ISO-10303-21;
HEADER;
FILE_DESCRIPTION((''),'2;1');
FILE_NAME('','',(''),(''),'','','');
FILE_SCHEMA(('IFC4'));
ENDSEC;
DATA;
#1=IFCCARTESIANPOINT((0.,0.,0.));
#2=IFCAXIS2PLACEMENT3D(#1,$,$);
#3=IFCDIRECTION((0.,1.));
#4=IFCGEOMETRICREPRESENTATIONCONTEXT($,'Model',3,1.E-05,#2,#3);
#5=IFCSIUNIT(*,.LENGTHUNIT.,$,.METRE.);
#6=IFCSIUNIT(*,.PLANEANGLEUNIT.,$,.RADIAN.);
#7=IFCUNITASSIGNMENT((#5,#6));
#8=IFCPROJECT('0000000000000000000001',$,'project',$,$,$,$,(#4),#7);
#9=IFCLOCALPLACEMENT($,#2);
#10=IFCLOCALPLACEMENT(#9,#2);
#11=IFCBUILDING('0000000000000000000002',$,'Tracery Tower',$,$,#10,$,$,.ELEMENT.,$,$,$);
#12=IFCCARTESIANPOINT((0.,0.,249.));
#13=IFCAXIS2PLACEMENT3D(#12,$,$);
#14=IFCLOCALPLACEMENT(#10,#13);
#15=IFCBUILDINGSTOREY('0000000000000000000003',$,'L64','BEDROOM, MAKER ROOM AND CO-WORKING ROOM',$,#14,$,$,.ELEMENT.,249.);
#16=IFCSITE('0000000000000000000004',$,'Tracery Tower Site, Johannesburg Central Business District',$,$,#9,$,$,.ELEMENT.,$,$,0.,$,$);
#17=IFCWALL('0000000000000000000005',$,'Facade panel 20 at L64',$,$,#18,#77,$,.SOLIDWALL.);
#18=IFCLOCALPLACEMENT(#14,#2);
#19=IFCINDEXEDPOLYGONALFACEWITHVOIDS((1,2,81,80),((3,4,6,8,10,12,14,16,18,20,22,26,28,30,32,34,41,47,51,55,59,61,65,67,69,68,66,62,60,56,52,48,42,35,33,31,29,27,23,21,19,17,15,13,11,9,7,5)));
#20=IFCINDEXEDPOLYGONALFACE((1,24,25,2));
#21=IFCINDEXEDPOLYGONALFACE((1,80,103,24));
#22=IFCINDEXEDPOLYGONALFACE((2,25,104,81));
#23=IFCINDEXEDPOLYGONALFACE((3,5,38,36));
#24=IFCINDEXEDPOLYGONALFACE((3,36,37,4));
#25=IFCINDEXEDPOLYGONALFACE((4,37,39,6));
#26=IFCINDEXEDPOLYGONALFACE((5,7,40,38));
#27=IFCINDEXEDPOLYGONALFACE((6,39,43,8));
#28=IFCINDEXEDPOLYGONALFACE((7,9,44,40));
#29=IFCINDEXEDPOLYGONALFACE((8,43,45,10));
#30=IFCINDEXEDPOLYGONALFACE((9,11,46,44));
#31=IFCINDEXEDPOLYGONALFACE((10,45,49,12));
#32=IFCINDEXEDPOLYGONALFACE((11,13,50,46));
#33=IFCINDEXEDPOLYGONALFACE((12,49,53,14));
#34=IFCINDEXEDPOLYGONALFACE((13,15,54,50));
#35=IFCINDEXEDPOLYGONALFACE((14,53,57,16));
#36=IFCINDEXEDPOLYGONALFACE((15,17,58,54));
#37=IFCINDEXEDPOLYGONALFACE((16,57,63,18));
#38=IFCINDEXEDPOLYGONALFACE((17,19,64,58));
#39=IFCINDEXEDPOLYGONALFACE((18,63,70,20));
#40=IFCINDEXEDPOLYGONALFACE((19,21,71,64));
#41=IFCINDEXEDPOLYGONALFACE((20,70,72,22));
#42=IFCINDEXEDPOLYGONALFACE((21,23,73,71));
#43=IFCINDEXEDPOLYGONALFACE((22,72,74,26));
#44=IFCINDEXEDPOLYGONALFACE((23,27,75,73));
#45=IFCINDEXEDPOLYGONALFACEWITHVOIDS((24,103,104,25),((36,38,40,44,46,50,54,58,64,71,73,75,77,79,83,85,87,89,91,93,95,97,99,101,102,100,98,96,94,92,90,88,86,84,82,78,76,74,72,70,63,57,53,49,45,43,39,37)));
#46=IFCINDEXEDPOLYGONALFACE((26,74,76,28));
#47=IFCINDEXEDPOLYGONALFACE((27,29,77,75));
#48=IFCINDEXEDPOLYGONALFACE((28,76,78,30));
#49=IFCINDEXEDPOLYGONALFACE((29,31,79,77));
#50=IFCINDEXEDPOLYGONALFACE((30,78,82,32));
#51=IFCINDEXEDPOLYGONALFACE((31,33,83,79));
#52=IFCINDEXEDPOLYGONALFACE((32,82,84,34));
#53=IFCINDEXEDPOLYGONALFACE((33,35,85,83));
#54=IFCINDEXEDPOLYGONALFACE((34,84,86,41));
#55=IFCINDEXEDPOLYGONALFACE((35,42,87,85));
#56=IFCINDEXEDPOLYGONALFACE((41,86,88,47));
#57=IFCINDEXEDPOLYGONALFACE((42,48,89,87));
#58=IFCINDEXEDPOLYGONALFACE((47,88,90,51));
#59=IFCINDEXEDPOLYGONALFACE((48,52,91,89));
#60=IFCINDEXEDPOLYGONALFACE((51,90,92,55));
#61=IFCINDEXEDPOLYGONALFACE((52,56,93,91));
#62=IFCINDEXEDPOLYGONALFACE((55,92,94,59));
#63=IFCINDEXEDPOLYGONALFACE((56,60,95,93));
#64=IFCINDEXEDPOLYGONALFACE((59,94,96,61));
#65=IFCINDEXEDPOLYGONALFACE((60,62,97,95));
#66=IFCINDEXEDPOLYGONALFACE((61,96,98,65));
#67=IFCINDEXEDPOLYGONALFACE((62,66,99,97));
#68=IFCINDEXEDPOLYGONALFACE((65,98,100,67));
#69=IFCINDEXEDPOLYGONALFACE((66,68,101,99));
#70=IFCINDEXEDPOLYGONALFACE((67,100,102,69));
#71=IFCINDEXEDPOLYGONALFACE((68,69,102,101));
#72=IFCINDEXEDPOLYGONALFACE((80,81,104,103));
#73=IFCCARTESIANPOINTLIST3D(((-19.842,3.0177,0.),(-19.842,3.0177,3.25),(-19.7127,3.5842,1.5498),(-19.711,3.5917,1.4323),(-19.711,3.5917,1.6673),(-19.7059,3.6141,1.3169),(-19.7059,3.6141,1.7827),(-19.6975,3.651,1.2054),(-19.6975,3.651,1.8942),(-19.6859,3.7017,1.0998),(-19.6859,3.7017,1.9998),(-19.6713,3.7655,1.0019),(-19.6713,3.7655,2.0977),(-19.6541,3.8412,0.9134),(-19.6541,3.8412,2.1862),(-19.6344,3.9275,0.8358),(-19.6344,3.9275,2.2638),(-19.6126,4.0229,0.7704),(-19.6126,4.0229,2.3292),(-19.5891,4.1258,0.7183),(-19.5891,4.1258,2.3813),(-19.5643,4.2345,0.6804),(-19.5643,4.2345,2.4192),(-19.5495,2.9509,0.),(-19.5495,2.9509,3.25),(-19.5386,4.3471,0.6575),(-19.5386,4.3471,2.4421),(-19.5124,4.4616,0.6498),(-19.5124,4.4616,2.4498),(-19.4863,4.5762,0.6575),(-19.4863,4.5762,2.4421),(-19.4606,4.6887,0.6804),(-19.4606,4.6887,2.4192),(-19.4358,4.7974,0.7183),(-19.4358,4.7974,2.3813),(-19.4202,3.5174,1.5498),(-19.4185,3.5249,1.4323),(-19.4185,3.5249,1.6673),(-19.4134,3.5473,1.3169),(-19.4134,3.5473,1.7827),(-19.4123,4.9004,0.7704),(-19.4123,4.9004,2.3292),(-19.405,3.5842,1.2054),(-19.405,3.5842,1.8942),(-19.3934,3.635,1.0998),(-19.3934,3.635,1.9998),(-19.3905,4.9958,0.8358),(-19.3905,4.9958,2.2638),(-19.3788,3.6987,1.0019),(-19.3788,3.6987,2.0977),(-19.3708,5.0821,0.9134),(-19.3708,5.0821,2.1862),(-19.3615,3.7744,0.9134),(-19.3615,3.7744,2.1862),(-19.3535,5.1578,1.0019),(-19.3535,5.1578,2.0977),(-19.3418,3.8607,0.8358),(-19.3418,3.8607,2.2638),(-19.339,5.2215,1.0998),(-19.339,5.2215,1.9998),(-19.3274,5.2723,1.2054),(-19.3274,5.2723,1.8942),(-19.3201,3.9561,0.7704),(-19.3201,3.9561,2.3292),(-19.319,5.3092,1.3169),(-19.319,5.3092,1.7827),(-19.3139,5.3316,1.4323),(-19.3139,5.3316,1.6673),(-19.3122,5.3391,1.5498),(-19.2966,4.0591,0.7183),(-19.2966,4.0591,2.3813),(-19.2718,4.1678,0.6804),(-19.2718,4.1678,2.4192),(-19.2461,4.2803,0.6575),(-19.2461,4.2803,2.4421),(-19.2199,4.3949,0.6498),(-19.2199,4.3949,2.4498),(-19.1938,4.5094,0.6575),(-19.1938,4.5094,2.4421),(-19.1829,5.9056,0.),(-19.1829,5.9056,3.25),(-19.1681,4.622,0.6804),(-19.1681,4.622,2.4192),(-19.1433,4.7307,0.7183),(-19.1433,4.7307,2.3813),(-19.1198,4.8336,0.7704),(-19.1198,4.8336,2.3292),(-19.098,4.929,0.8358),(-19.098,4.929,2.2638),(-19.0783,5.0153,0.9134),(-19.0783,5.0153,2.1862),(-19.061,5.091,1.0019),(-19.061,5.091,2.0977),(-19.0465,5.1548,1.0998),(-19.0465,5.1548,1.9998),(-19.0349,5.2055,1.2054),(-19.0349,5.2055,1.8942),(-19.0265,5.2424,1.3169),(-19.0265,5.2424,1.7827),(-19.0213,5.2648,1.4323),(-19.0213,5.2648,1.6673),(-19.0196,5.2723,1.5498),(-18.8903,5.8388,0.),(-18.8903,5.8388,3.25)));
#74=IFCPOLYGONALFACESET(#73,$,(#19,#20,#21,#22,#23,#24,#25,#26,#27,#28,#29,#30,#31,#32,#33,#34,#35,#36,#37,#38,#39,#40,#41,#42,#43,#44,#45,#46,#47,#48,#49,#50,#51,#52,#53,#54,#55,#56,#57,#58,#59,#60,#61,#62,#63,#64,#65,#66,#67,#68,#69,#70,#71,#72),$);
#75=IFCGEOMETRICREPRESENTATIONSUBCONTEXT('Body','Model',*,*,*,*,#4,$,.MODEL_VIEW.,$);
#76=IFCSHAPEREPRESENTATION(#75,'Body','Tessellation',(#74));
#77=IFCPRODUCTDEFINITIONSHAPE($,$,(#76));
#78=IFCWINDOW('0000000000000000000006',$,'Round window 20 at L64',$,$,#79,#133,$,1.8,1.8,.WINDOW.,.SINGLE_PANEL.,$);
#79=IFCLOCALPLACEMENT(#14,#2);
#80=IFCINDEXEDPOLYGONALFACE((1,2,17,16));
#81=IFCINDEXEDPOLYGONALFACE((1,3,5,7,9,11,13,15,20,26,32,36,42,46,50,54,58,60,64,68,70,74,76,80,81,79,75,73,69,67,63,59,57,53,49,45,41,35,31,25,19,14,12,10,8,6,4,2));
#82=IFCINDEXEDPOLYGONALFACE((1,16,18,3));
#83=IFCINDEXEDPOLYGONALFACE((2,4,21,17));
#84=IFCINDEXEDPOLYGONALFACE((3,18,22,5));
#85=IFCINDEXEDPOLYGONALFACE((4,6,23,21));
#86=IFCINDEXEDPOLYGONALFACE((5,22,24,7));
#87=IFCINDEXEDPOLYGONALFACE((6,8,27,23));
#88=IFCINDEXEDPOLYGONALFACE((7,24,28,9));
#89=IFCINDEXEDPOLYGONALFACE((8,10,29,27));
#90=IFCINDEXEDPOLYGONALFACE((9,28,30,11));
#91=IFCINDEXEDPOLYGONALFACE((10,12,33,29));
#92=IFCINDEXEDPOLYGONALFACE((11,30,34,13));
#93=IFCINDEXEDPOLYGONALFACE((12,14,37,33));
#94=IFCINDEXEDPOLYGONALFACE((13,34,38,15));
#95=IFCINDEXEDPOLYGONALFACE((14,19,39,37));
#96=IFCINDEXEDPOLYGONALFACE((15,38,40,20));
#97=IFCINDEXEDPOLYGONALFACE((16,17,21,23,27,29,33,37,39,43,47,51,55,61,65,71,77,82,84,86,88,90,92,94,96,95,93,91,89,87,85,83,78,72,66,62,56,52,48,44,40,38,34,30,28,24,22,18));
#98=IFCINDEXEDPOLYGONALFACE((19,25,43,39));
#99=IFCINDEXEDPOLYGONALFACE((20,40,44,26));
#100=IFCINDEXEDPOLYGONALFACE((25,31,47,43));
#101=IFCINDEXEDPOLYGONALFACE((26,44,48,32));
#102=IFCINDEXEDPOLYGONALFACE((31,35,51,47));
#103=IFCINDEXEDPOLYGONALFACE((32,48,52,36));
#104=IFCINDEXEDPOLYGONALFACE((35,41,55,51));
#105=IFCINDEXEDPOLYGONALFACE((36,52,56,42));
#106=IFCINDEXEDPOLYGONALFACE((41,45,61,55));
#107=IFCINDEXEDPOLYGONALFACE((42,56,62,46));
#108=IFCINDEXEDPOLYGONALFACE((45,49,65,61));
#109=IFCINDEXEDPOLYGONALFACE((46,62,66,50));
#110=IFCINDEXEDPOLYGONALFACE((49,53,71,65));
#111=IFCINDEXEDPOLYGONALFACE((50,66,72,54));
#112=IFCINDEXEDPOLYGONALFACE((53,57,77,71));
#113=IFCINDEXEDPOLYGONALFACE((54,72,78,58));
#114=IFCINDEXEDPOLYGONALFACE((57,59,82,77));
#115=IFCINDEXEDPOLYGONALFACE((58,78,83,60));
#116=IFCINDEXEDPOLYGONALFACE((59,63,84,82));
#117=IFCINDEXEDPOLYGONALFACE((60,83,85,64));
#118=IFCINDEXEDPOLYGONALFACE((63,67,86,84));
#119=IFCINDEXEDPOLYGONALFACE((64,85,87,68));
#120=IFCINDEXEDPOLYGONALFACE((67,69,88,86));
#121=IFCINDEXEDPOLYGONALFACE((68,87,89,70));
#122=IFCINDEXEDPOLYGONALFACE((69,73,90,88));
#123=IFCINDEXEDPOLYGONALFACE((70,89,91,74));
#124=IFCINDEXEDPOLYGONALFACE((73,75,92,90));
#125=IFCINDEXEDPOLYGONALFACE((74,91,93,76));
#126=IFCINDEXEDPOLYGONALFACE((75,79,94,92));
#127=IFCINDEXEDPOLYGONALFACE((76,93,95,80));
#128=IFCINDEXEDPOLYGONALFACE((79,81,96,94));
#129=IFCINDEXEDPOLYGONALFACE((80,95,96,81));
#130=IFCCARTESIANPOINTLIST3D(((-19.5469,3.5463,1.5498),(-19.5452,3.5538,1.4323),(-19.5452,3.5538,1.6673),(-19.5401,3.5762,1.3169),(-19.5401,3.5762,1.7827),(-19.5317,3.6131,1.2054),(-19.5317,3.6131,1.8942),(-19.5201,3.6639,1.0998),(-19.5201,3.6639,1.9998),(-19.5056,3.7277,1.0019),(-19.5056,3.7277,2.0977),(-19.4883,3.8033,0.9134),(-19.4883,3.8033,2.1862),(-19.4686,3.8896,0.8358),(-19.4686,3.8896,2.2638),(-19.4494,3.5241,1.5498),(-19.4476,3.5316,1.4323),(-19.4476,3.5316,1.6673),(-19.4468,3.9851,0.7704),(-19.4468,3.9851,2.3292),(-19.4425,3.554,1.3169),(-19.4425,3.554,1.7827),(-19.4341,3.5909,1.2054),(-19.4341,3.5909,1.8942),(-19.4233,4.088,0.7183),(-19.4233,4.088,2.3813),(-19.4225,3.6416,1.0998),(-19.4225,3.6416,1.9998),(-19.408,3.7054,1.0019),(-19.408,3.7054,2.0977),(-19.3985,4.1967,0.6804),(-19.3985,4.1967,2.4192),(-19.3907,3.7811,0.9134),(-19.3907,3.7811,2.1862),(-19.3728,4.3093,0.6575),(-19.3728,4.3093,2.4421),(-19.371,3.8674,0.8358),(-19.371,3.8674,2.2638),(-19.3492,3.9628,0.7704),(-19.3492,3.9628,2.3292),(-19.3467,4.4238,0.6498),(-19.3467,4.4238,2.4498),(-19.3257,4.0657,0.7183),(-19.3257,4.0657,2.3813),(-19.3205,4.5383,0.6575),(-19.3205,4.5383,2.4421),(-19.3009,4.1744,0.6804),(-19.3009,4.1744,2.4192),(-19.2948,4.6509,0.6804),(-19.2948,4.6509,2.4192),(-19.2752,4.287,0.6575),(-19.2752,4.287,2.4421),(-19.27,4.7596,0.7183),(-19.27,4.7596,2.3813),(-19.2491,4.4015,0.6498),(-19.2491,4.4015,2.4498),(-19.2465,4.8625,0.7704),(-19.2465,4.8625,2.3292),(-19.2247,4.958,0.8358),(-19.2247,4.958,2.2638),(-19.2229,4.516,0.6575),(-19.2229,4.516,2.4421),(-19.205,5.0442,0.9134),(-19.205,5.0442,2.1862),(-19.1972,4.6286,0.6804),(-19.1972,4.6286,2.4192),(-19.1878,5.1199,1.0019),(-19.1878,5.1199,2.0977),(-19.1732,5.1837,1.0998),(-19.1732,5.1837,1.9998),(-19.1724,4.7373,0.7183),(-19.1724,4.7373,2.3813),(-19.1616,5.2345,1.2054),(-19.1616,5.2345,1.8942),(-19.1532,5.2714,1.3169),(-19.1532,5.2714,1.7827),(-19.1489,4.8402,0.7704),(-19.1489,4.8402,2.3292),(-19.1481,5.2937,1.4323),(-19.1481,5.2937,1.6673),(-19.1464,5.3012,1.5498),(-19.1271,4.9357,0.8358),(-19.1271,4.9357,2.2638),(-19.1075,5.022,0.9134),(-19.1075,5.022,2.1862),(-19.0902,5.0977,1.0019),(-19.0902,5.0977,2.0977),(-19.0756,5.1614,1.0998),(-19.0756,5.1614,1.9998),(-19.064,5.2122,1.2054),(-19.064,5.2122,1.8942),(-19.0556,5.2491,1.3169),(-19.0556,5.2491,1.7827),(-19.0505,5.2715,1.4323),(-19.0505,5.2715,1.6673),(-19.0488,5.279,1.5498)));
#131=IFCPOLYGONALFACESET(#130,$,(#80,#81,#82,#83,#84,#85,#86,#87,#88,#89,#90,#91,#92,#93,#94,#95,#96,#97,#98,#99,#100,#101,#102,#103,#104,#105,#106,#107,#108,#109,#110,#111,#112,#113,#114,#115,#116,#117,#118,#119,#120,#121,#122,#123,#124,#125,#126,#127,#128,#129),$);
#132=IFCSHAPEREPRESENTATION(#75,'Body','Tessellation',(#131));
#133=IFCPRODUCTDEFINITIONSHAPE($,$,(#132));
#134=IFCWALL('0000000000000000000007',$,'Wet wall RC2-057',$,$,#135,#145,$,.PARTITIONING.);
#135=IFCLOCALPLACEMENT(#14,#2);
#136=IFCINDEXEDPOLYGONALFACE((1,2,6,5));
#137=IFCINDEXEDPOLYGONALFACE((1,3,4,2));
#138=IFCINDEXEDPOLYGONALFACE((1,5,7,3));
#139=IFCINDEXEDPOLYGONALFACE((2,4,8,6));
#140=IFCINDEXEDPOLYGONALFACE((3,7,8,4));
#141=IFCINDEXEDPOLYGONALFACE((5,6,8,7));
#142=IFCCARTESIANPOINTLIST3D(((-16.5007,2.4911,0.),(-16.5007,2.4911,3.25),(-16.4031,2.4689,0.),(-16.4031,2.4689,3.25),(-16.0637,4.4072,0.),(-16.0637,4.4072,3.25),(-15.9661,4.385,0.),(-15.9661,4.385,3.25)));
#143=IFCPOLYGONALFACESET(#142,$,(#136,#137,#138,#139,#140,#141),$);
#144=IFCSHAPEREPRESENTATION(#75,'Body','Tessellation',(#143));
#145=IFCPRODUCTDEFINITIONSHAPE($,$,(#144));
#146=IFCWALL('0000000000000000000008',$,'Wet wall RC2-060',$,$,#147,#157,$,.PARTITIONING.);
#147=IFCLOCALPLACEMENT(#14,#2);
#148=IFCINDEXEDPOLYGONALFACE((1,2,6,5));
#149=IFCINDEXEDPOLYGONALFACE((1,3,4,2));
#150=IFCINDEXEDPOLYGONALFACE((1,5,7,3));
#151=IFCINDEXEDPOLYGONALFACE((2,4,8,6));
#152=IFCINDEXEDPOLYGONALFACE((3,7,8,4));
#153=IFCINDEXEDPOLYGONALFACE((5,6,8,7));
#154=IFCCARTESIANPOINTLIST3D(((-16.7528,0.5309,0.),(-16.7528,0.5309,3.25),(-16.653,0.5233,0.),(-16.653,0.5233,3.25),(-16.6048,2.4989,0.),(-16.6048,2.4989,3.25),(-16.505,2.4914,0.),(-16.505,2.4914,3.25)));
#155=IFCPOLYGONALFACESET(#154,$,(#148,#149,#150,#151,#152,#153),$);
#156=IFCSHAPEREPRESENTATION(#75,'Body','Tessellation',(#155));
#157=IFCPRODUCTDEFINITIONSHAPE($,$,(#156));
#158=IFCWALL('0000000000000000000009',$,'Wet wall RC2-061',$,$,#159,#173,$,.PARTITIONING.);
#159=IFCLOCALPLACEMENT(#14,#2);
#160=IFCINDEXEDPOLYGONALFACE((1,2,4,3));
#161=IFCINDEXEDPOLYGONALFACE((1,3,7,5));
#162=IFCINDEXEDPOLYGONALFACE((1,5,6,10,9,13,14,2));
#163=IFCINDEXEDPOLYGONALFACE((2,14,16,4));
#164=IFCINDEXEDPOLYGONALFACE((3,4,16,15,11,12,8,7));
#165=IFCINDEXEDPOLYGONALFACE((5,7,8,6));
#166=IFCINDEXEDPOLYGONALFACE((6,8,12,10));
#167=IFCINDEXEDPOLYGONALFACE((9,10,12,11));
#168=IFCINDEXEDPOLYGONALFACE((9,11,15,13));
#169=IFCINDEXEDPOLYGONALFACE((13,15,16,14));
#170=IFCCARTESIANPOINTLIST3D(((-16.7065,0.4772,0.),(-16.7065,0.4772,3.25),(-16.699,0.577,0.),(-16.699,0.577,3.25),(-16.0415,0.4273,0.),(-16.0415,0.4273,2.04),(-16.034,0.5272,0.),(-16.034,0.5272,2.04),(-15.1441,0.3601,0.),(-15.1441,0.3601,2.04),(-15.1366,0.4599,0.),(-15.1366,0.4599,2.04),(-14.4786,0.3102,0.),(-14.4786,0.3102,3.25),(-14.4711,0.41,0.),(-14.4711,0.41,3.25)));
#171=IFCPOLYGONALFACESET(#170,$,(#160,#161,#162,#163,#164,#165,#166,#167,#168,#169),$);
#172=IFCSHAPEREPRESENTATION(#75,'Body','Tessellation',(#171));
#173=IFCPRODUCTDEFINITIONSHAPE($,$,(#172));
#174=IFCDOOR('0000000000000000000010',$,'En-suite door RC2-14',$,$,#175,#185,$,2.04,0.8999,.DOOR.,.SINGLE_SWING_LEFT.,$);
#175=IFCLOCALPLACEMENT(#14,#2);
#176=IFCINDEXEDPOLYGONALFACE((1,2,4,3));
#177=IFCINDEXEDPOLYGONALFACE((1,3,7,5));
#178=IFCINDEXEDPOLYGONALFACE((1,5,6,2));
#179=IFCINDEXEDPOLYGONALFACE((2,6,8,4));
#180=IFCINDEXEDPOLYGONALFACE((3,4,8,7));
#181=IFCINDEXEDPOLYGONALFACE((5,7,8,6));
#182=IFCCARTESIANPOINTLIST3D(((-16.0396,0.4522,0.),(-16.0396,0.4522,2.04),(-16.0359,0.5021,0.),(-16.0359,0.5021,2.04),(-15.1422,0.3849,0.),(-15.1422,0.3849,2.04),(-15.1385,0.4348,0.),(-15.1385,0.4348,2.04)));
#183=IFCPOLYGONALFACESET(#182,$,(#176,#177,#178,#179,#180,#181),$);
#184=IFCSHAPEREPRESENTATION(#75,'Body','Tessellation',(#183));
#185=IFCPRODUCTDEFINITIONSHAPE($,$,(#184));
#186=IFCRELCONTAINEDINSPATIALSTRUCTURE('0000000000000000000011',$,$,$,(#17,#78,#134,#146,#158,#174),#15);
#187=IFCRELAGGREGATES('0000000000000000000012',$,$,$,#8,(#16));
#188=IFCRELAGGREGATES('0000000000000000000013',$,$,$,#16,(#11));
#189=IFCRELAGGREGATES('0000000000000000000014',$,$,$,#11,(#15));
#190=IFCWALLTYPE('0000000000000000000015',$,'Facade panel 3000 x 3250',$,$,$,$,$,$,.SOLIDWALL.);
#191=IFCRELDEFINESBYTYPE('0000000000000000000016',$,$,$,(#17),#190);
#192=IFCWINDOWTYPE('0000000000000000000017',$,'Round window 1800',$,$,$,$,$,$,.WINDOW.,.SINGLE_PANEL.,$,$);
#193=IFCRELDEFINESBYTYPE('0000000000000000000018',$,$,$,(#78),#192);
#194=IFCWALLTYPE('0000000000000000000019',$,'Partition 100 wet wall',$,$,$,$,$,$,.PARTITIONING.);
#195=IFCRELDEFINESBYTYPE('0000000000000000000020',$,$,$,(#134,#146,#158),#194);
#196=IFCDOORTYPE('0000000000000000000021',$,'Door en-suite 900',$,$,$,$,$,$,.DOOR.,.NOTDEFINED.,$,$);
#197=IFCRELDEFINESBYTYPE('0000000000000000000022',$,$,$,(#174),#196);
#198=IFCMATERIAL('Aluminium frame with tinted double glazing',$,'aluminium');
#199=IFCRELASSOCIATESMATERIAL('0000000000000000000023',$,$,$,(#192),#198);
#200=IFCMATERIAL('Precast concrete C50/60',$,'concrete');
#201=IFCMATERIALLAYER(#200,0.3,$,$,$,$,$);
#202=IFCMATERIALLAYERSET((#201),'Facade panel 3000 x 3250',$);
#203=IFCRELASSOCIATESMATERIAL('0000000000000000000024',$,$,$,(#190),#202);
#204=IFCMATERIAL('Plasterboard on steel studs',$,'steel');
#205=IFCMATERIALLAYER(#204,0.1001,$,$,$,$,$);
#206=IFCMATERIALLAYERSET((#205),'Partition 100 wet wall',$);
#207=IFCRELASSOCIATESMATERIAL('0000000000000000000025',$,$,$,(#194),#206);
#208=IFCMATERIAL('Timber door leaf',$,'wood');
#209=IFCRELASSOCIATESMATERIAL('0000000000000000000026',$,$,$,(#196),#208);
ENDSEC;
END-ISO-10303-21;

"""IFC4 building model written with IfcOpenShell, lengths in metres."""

from ifc_helpers import new_model, si_unit, direction, frame, frame_2d, origin, origin_2d, place, context, subcontext, project, spatial, rectangle, circle, extrude, material, layer, layer_set, type_object, element, fill, save


model = new_model("IFC4")

# Units and contexts
model_context = context("Model", 3, precision=1e-05, world=origin(), true_north=direction((0.0, 1.0)))
body_context = subcontext(model_context, "Body", "Model", "MODEL_VIEW")
ifc_project = project(units=[si_unit("LENGTHUNIT", "METRE"), si_unit("PLANEANGLEUNIT", "RADIAN")], contexts=[model_context])

# Site, building, storey
site_placement = place(None, origin())
site = spatial("IfcSite", under=ifc_project, at=site_placement, Name="Tracery Tower Site, Johannesburg Central Business District", CompositionType="ELEMENT", RefElevation=0.0)
building_placement = place(site_placement, origin())
building = spatial("IfcBuilding", under=site, at=building_placement, Name="Tracery Tower", CompositionType="ELEMENT")
storey_placement = place(building_placement, frame((0.0, 0.0, 249.0)))
storey = spatial("IfcBuildingStorey", under=building, at=storey_placement, Name="L64", Description="BEDROOM, MAKER ROOM AND CO-WORKING ROOM", CompositionType="ELEMENT", Elevation=249.0)

# Wall, opening, window
ifc_material_1 = material(Name="Aluminium frame with tinted double glazing", Category="aluminium")
window_type = type_object("IfcWindowType", Name="Round window 1800", PartitioningType="SINGLE_PANEL", PredefinedType="WINDOW", material=ifc_material_1)
ifc_material_2 = material(Name="Precast concrete C50/60", Category="concrete")
ifc_layer_1 = layer(ifc_material_2, 0.3)
ifc_layer_set_1 = layer_set([ifc_layer_1], Name="Facade panel 3000 x 3250")
wall_type_1 = type_object("IfcWallType", Name="Facade panel 3000 x 3250", PredefinedType="SOLIDWALL", material=ifc_layer_set_1)
wall_1_placement = place(storey_placement, frame((-19.0366, 5.8721, 0.0), z_axis=(0.0, 0.0, 1.0), x_axis=(-0.222529, -0.974926, 0.0)))
wall_1 = element("IfcWall", 1, at=wall_1_placement, inside=storey, type_object=wall_type_1, Name="Facade panel 20 at L64", PredefinedType="SOLIDWALL", context=body_context, shape_type="SweptSolid", body=[
    extrude(rectangle(XDim=2.9622, YDim=0.3, at=frame_2d((1.481, 0.0))), origin(), (0.0, 0.0, 1.0), 3.25),
])
opening_1_placement = place(wall_1_placement, frame((1.481, 0.0, 1.5498)))
opening_1 = element("IfcOpeningElement", 2, at=opening_1_placement, cuts=wall_1, PredefinedType="OPENING", context=body_context, shape_type="SweptSolid", body=[
    extrude(circle(Radius=0.9, at=origin_2d()), frame((0.0, 0.1599, 0.0), z_axis=(0.0, -1.0, 0.0), x_axis=(1.0, 0.0, 0.0)), (0.0, 0.0, 1.0), 0.3201),
])
window_1_placement = place(opening_1_placement, origin())
window_1 = element("IfcWindow", 3, at=window_1_placement, inside=storey, type_object=window_type, Name="Round window 20 at L64", OverallHeight=1.8, OverallWidth=1.8, PartitioningType="SINGLE_PANEL", PredefinedType="WINDOW", context=body_context, shape_type="SweptSolid", body=[
    extrude(circle(Radius=0.9, at=origin_2d()), frame((0.0, 0.1201, 0.0), z_axis=(0.0, -1.0, 0.0), x_axis=(1.0, 0.0, 0.0)), (0.0, 0.0, 1.0), 0.1001),
])
fill(opening_1, window_1)

# Walls
ifc_material_3 = material(Name="Plasterboard on steel studs", Category="steel")
ifc_layer_2 = layer(ifc_material_3, 0.1001)
ifc_layer_set_2 = layer_set([ifc_layer_2], Name="Partition 100 wet wall")
wall_type_2 = type_object("IfcWallType", Name="Partition 100 wet wall", PredefinedType="PARTITIONING", material=ifc_layer_set_2)
wall_2_placement = place(storey_placement, frame((-16.4519, 2.48, 0.0), z_axis=(0.0, 0.0, 1.0), x_axis=(0.222373, 0.974962, 0.0)))
element("IfcWall", 4, at=wall_2_placement, inside=storey, type_object=wall_type_2, Name="Wet wall RC2-057", PredefinedType="PARTITIONING", context=body_context, shape_type="SweptSolid", body=[
    extrude(rectangle(XDim=1.9653, YDim=0.1001, at=frame_2d((0.9827, 0.0))), origin(), (0.0, 0.0, 1.0), 3.25),
])
wall_3_placement = place(storey_placement, frame((-16.7029, 0.5271, 0.0), z_axis=(0.0, 0.0, 1.0), x_axis=(0.074965, 0.997186, 0.0)))
element("IfcWall", 5, at=wall_3_placement, inside=storey, type_object=wall_type_2, Name="Wet wall RC2-060", PredefinedType="PARTITIONING", context=body_context, shape_type="SweptSolid", body=[
    extrude(rectangle(XDim=1.9736, YDim=0.1001, at=frame_2d((0.9868, 0.0))), origin(), (0.0, 0.0, 1.0), 3.25),
])

# Wall, opening, door
wall_4_placement = place(storey_placement, frame((-16.7029, 0.5271, 0.0), z_axis=(0.0, 0.0, 1.0), x_axis=(0.997202, -0.074749, 0.0)))
wall_4 = element("IfcWall", 6, at=wall_4_placement, inside=storey, type_object=wall_type_2, Name="Wet wall RC2-061", PredefinedType="PARTITIONING", context=body_context, shape_type="SweptSolid", body=[
    extrude(rectangle(XDim=2.2341, YDim=0.1001, at=frame_2d((1.1172, 0.0))), origin(), (0.0, 0.0, 1.0), 3.25),
])
opening_2_placement = place(wall_4_placement, frame((0.667, 0.0, 0.0)))
opening_2 = element("IfcOpeningElement", 7, at=opening_2_placement, cuts=wall_4, PredefinedType="OPENING", context=body_context, shape_type="SweptSolid", body=[
    extrude(rectangle(XDim=0.8999, YDim=2.04, at=frame_2d((0.45, 1.02))), frame((0.0, 0.05, 0.0), z_axis=(0.0, -1.0, 0.0), x_axis=(1.0, 0.0, 0.0)), (0.0, 0.0, 1.0), 0.1001),
])
ifc_material_4 = material(Name="Timber door leaf", Category="wood")
door_type = type_object("IfcDoorType", Name="Door en-suite 900", OperationType="NOTDEFINED", PredefinedType="DOOR", material=ifc_material_4)
door_placement = place(opening_2_placement, origin())
door = element("IfcDoor", 8, at=door_placement, inside=storey, type_object=door_type, Name="En-suite door RC2-14", OperationType="SINGLE_SWING_LEFT", OverallHeight=2.04, OverallWidth=0.8999, PredefinedType="DOOR", context=body_context, shape_type="SweptSolid", body=[
    extrude(rectangle(XDim=0.8999, YDim=2.04, at=frame_2d((0.45, 1.02))), frame((0.0, 0.0249, 0.0), z_axis=(0.0, -1.0, 0.0), x_axis=(1.0, 0.0, 0.0)), (0.0, 0.0, 1.0), 0.05),
])
fill(opening_2, door)

save(model, "model.ifc")
